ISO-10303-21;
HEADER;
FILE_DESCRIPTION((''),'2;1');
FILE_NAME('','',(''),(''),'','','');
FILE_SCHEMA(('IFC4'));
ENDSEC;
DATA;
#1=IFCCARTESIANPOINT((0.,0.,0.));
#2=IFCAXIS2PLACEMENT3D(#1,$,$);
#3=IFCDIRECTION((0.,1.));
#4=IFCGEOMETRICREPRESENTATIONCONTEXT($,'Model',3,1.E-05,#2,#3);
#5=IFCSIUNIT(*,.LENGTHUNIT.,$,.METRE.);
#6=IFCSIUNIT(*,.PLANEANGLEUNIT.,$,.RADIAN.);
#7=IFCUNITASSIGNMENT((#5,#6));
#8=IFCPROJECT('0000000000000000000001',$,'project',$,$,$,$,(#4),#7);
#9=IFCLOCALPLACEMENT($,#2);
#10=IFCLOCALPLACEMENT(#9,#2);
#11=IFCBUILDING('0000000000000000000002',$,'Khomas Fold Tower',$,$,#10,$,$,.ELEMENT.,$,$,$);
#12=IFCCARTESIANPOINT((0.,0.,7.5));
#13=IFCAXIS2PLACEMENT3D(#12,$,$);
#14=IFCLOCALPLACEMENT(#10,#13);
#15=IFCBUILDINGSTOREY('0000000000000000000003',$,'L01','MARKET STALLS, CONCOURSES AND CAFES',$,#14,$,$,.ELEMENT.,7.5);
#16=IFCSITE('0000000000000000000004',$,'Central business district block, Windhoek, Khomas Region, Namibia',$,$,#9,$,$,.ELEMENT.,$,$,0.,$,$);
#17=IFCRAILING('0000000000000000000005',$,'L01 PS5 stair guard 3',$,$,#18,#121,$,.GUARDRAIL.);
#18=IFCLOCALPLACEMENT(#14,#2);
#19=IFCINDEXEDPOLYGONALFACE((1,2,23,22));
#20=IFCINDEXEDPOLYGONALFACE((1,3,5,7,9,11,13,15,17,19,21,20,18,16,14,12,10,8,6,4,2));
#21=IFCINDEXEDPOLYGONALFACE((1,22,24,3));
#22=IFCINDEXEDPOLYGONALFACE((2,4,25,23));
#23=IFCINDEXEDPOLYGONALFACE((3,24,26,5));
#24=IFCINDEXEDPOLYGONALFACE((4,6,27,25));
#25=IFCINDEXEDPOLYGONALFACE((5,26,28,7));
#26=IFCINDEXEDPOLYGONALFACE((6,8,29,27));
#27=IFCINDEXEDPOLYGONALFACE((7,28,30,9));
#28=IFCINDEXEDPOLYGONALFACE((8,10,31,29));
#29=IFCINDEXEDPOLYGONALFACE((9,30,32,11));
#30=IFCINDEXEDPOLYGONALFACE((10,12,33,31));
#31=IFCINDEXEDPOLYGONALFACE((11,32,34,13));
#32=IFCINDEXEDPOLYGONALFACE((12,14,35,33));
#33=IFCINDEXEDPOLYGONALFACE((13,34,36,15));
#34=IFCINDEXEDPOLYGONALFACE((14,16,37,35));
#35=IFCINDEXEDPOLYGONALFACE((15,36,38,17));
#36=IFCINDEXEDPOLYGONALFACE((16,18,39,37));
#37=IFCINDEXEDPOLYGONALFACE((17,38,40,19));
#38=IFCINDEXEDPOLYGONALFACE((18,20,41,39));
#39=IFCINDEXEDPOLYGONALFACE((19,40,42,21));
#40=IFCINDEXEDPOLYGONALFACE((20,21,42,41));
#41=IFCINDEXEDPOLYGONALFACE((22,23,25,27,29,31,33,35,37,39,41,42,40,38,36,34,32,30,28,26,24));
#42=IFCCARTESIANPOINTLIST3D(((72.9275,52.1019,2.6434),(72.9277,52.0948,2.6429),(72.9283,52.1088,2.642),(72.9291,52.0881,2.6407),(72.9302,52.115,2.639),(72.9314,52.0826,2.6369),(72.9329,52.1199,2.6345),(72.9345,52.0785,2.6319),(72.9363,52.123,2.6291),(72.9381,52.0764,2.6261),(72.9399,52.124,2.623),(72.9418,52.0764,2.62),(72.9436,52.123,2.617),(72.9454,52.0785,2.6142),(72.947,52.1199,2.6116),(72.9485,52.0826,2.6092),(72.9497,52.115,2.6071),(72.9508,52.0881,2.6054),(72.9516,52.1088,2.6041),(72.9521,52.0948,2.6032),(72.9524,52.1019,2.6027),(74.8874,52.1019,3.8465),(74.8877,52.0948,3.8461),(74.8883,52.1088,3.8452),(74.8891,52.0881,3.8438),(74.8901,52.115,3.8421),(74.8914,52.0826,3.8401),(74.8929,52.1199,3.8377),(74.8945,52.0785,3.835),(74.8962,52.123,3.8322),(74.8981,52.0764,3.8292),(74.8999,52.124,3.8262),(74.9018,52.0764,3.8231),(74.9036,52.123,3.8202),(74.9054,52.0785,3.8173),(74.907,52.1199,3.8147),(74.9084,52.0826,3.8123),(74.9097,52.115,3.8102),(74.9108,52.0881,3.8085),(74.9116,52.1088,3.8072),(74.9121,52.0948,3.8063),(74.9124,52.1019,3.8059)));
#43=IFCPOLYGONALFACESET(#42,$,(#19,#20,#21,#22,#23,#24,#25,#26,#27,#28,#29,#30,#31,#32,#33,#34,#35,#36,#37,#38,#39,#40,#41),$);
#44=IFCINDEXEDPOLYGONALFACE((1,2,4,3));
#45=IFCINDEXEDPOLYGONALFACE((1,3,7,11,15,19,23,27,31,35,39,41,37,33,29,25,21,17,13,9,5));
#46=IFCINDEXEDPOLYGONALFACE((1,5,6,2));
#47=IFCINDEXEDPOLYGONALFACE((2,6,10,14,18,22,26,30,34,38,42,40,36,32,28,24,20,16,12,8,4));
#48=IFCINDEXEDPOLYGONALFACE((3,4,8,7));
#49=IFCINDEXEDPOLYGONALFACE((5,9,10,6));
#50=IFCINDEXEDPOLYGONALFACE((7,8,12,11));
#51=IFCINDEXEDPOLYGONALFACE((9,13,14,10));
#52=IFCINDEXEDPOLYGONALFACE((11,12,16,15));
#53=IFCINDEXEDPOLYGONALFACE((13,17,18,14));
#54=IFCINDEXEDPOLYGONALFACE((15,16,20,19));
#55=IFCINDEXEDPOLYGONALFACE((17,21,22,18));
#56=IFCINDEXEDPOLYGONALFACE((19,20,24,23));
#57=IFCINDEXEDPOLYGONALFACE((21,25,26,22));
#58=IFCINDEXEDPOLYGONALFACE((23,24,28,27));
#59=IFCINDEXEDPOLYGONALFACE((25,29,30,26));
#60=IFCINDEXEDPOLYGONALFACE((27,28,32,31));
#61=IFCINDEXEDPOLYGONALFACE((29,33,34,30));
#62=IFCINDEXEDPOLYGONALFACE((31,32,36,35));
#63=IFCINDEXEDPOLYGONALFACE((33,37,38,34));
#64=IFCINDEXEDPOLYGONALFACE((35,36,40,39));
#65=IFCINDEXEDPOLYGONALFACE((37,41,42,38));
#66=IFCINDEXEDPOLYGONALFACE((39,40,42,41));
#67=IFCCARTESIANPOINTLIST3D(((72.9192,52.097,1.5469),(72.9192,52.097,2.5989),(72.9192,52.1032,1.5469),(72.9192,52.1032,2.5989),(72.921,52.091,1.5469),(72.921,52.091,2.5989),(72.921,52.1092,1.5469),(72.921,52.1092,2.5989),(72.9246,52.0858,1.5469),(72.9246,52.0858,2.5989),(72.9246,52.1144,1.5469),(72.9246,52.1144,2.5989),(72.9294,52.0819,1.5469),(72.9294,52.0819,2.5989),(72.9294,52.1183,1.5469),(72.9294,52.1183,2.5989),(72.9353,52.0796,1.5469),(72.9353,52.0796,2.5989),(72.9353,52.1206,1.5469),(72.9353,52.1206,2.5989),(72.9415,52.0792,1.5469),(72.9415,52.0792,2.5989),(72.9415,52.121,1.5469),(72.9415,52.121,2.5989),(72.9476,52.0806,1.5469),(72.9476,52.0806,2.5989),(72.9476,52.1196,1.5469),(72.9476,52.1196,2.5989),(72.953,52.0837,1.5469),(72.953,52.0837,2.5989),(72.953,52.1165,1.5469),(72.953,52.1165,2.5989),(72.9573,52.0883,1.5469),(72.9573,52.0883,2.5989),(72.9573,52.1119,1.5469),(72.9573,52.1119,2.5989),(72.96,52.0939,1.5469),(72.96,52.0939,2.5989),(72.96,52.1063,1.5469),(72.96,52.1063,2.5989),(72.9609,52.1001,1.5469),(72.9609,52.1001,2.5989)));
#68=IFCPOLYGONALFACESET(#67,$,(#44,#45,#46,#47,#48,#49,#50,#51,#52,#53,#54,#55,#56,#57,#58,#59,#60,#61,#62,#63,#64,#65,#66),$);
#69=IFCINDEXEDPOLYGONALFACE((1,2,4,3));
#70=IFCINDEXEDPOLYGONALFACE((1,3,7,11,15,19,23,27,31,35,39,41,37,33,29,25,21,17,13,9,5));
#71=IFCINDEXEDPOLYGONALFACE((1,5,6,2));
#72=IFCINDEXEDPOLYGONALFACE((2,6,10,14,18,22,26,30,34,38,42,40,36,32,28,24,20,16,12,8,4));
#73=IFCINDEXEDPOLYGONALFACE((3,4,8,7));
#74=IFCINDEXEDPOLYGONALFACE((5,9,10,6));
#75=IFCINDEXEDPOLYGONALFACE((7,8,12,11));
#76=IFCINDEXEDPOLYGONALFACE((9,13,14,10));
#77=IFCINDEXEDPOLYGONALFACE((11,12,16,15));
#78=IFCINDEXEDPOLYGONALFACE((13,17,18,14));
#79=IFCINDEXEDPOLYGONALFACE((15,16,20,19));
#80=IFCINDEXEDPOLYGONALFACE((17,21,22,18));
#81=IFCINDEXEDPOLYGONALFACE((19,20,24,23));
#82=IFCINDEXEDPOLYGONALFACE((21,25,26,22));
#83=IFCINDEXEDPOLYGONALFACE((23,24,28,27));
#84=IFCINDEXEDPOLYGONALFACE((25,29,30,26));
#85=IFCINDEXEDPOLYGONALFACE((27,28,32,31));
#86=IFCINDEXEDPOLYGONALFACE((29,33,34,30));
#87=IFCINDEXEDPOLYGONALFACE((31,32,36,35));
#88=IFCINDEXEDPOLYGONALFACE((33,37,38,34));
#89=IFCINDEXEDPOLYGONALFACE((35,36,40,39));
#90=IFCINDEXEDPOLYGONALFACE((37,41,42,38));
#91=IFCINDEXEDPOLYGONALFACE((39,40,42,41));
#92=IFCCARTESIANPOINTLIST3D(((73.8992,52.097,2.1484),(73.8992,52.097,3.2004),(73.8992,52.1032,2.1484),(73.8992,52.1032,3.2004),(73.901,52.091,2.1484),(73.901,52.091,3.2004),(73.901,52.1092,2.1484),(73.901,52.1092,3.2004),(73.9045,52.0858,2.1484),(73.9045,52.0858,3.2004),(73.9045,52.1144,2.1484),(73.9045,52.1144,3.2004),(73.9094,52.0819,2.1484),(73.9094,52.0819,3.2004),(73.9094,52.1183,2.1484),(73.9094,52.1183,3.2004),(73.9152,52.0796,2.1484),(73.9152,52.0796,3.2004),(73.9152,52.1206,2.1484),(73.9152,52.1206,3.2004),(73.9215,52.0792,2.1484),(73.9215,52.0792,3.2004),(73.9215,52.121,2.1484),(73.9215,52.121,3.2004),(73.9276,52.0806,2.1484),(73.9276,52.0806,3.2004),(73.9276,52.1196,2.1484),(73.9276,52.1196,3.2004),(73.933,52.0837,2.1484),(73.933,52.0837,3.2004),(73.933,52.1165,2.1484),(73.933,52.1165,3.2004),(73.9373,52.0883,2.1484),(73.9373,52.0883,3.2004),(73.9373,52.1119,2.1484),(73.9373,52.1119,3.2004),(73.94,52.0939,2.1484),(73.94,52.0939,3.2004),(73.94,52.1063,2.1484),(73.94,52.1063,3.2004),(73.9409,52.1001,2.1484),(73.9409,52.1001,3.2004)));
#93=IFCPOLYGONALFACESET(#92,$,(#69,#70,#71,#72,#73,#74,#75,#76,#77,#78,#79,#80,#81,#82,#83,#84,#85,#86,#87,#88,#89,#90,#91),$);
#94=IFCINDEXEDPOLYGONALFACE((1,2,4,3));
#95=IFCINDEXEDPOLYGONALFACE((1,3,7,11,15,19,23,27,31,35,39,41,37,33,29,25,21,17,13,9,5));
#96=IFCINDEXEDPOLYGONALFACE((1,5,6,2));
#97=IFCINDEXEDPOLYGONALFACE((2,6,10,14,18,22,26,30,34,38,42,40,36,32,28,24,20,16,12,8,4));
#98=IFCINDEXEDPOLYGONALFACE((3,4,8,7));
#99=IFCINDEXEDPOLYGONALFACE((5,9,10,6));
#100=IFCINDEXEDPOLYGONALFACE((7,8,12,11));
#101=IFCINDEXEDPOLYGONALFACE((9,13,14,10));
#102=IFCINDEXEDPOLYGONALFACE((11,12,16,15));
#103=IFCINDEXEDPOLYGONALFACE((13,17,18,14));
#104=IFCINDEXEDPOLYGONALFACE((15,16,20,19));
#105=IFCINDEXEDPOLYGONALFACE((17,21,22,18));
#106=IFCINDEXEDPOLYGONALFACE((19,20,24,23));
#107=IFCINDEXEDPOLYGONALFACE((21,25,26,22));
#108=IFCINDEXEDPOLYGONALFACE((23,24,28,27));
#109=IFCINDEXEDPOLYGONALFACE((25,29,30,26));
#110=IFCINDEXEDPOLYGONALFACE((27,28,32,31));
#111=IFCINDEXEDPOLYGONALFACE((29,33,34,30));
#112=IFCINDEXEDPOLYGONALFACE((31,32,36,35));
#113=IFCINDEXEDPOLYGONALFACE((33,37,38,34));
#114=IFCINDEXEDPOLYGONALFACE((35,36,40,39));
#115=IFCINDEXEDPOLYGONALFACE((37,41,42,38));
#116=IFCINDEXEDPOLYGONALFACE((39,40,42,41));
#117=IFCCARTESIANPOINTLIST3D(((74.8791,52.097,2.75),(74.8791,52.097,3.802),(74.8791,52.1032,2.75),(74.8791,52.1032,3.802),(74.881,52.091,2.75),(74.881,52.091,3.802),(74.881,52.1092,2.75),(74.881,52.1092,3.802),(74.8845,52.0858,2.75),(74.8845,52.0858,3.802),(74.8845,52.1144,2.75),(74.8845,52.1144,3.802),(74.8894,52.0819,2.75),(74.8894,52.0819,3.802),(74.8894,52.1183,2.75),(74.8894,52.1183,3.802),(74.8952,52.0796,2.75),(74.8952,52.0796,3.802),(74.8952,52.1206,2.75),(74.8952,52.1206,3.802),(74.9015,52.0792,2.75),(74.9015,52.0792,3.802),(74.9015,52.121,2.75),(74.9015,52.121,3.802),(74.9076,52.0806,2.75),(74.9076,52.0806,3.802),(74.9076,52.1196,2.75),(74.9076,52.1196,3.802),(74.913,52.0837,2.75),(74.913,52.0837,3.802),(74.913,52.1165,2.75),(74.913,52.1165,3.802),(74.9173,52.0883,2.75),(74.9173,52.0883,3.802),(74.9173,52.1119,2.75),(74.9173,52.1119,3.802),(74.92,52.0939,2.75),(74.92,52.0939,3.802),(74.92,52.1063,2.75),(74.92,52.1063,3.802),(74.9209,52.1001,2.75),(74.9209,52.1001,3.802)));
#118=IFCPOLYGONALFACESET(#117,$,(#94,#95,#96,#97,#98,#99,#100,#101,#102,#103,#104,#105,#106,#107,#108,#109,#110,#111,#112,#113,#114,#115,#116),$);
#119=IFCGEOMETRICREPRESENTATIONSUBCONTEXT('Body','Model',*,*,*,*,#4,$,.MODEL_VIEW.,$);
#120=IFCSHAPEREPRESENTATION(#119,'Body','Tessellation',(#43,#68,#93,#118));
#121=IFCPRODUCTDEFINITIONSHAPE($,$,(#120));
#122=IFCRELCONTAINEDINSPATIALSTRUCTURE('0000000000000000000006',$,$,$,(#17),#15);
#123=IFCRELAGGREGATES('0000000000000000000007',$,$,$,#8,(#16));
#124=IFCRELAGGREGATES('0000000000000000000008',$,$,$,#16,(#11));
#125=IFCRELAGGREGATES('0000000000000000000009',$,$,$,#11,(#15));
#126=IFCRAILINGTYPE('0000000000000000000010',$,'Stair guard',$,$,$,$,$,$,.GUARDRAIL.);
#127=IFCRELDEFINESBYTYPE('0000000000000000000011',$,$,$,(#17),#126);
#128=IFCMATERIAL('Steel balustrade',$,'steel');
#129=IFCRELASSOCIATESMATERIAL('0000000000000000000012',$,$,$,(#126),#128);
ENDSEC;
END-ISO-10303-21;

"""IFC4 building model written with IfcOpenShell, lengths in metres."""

from ifc_helpers import new_model, si_unit, direction, frame, origin, origin_2d, place, context, subcontext, project, spatial, circle, extrude, source, transform, mapped, material, type_object, element, save


model = new_model("IFC4")

# Units and contexts
model_context = context("Model", 3, precision=1e-05, world=origin(), true_north=direction((0.0, 1.0)))
body_context = subcontext(model_context, "Body", "Model", "MODEL_VIEW")
ifc_project = project(units=[si_unit("LENGTHUNIT", "METRE"), si_unit("PLANEANGLEUNIT", "RADIAN")], contexts=[model_context])

# Site, building, storey
site_placement = place(None, origin())
site = spatial("IfcSite", under=ifc_project, at=site_placement, Name="Central business district block, Windhoek, Khomas Region, Namibia", CompositionType="ELEMENT", RefElevation=0.0)
building_placement = place(site_placement, origin())
building = spatial("IfcBuilding", under=site, at=building_placement, Name="Khomas Fold Tower", CompositionType="ELEMENT")
storey_placement = place(building_placement, frame((0.0, 0.0, 7.5)))
storey = spatial("IfcBuildingStorey", under=building, at=storey_placement, Name="L01", Description="MARKET STALLS, CONCOURSES AND CAFES", CompositionType="ELEMENT", Elevation=7.5)

# Railing
ifc_material_1 = material(Name="Steel balustrade", Category="steel")
railing_type_1 = type_object("IfcRailingType", Name="Stair guard", PredefinedType="GUARDRAIL", material=ifc_material_1)
shared_shape_1 = source(origin(), body_context, "Body", "SweptSolid", [
    extrude(circle(Radius=0.0239, at=origin_2d()), frame((0.0, 0.0, 1.0762), z_axis=(0.852241, 0.0, 0.523149), x_axis=(0.0, 1.0, 0.0)), (0.0, 0.0, 1.0), 2.2998),
    extrude(circle(Radius=0.021, at=origin_2d()), origin(), (0.0, 0.0, 1.0), 1.052),
    extrude(circle(Radius=0.021, at=origin_2d()), frame((0.98, 0.0, 0.6016)), (0.0, 0.0, 1.0), 1.052),
    extrude(circle(Radius=0.021, at=origin_2d()), frame((1.96, 0.0, 1.2031)), (0.0, 0.0, 1.0), 1.052),
])
for number, where, name in (
    (1, (72.9399, 52.1001, 1.5469), "L01 PS5 stair guard 3"),
):
    element("IfcRailing", number, at=place(storey_placement, frame(where)), inside=storey, type_object=railing_type_1, Name=name, PredefinedType="GUARDRAIL", context=body_context, shape_type="MappedRepresentation", body=[
        mapped(shared_shape_1, transform((0.0, 0.0, 0.0))),
    ])

save(model, "model.ifc")
